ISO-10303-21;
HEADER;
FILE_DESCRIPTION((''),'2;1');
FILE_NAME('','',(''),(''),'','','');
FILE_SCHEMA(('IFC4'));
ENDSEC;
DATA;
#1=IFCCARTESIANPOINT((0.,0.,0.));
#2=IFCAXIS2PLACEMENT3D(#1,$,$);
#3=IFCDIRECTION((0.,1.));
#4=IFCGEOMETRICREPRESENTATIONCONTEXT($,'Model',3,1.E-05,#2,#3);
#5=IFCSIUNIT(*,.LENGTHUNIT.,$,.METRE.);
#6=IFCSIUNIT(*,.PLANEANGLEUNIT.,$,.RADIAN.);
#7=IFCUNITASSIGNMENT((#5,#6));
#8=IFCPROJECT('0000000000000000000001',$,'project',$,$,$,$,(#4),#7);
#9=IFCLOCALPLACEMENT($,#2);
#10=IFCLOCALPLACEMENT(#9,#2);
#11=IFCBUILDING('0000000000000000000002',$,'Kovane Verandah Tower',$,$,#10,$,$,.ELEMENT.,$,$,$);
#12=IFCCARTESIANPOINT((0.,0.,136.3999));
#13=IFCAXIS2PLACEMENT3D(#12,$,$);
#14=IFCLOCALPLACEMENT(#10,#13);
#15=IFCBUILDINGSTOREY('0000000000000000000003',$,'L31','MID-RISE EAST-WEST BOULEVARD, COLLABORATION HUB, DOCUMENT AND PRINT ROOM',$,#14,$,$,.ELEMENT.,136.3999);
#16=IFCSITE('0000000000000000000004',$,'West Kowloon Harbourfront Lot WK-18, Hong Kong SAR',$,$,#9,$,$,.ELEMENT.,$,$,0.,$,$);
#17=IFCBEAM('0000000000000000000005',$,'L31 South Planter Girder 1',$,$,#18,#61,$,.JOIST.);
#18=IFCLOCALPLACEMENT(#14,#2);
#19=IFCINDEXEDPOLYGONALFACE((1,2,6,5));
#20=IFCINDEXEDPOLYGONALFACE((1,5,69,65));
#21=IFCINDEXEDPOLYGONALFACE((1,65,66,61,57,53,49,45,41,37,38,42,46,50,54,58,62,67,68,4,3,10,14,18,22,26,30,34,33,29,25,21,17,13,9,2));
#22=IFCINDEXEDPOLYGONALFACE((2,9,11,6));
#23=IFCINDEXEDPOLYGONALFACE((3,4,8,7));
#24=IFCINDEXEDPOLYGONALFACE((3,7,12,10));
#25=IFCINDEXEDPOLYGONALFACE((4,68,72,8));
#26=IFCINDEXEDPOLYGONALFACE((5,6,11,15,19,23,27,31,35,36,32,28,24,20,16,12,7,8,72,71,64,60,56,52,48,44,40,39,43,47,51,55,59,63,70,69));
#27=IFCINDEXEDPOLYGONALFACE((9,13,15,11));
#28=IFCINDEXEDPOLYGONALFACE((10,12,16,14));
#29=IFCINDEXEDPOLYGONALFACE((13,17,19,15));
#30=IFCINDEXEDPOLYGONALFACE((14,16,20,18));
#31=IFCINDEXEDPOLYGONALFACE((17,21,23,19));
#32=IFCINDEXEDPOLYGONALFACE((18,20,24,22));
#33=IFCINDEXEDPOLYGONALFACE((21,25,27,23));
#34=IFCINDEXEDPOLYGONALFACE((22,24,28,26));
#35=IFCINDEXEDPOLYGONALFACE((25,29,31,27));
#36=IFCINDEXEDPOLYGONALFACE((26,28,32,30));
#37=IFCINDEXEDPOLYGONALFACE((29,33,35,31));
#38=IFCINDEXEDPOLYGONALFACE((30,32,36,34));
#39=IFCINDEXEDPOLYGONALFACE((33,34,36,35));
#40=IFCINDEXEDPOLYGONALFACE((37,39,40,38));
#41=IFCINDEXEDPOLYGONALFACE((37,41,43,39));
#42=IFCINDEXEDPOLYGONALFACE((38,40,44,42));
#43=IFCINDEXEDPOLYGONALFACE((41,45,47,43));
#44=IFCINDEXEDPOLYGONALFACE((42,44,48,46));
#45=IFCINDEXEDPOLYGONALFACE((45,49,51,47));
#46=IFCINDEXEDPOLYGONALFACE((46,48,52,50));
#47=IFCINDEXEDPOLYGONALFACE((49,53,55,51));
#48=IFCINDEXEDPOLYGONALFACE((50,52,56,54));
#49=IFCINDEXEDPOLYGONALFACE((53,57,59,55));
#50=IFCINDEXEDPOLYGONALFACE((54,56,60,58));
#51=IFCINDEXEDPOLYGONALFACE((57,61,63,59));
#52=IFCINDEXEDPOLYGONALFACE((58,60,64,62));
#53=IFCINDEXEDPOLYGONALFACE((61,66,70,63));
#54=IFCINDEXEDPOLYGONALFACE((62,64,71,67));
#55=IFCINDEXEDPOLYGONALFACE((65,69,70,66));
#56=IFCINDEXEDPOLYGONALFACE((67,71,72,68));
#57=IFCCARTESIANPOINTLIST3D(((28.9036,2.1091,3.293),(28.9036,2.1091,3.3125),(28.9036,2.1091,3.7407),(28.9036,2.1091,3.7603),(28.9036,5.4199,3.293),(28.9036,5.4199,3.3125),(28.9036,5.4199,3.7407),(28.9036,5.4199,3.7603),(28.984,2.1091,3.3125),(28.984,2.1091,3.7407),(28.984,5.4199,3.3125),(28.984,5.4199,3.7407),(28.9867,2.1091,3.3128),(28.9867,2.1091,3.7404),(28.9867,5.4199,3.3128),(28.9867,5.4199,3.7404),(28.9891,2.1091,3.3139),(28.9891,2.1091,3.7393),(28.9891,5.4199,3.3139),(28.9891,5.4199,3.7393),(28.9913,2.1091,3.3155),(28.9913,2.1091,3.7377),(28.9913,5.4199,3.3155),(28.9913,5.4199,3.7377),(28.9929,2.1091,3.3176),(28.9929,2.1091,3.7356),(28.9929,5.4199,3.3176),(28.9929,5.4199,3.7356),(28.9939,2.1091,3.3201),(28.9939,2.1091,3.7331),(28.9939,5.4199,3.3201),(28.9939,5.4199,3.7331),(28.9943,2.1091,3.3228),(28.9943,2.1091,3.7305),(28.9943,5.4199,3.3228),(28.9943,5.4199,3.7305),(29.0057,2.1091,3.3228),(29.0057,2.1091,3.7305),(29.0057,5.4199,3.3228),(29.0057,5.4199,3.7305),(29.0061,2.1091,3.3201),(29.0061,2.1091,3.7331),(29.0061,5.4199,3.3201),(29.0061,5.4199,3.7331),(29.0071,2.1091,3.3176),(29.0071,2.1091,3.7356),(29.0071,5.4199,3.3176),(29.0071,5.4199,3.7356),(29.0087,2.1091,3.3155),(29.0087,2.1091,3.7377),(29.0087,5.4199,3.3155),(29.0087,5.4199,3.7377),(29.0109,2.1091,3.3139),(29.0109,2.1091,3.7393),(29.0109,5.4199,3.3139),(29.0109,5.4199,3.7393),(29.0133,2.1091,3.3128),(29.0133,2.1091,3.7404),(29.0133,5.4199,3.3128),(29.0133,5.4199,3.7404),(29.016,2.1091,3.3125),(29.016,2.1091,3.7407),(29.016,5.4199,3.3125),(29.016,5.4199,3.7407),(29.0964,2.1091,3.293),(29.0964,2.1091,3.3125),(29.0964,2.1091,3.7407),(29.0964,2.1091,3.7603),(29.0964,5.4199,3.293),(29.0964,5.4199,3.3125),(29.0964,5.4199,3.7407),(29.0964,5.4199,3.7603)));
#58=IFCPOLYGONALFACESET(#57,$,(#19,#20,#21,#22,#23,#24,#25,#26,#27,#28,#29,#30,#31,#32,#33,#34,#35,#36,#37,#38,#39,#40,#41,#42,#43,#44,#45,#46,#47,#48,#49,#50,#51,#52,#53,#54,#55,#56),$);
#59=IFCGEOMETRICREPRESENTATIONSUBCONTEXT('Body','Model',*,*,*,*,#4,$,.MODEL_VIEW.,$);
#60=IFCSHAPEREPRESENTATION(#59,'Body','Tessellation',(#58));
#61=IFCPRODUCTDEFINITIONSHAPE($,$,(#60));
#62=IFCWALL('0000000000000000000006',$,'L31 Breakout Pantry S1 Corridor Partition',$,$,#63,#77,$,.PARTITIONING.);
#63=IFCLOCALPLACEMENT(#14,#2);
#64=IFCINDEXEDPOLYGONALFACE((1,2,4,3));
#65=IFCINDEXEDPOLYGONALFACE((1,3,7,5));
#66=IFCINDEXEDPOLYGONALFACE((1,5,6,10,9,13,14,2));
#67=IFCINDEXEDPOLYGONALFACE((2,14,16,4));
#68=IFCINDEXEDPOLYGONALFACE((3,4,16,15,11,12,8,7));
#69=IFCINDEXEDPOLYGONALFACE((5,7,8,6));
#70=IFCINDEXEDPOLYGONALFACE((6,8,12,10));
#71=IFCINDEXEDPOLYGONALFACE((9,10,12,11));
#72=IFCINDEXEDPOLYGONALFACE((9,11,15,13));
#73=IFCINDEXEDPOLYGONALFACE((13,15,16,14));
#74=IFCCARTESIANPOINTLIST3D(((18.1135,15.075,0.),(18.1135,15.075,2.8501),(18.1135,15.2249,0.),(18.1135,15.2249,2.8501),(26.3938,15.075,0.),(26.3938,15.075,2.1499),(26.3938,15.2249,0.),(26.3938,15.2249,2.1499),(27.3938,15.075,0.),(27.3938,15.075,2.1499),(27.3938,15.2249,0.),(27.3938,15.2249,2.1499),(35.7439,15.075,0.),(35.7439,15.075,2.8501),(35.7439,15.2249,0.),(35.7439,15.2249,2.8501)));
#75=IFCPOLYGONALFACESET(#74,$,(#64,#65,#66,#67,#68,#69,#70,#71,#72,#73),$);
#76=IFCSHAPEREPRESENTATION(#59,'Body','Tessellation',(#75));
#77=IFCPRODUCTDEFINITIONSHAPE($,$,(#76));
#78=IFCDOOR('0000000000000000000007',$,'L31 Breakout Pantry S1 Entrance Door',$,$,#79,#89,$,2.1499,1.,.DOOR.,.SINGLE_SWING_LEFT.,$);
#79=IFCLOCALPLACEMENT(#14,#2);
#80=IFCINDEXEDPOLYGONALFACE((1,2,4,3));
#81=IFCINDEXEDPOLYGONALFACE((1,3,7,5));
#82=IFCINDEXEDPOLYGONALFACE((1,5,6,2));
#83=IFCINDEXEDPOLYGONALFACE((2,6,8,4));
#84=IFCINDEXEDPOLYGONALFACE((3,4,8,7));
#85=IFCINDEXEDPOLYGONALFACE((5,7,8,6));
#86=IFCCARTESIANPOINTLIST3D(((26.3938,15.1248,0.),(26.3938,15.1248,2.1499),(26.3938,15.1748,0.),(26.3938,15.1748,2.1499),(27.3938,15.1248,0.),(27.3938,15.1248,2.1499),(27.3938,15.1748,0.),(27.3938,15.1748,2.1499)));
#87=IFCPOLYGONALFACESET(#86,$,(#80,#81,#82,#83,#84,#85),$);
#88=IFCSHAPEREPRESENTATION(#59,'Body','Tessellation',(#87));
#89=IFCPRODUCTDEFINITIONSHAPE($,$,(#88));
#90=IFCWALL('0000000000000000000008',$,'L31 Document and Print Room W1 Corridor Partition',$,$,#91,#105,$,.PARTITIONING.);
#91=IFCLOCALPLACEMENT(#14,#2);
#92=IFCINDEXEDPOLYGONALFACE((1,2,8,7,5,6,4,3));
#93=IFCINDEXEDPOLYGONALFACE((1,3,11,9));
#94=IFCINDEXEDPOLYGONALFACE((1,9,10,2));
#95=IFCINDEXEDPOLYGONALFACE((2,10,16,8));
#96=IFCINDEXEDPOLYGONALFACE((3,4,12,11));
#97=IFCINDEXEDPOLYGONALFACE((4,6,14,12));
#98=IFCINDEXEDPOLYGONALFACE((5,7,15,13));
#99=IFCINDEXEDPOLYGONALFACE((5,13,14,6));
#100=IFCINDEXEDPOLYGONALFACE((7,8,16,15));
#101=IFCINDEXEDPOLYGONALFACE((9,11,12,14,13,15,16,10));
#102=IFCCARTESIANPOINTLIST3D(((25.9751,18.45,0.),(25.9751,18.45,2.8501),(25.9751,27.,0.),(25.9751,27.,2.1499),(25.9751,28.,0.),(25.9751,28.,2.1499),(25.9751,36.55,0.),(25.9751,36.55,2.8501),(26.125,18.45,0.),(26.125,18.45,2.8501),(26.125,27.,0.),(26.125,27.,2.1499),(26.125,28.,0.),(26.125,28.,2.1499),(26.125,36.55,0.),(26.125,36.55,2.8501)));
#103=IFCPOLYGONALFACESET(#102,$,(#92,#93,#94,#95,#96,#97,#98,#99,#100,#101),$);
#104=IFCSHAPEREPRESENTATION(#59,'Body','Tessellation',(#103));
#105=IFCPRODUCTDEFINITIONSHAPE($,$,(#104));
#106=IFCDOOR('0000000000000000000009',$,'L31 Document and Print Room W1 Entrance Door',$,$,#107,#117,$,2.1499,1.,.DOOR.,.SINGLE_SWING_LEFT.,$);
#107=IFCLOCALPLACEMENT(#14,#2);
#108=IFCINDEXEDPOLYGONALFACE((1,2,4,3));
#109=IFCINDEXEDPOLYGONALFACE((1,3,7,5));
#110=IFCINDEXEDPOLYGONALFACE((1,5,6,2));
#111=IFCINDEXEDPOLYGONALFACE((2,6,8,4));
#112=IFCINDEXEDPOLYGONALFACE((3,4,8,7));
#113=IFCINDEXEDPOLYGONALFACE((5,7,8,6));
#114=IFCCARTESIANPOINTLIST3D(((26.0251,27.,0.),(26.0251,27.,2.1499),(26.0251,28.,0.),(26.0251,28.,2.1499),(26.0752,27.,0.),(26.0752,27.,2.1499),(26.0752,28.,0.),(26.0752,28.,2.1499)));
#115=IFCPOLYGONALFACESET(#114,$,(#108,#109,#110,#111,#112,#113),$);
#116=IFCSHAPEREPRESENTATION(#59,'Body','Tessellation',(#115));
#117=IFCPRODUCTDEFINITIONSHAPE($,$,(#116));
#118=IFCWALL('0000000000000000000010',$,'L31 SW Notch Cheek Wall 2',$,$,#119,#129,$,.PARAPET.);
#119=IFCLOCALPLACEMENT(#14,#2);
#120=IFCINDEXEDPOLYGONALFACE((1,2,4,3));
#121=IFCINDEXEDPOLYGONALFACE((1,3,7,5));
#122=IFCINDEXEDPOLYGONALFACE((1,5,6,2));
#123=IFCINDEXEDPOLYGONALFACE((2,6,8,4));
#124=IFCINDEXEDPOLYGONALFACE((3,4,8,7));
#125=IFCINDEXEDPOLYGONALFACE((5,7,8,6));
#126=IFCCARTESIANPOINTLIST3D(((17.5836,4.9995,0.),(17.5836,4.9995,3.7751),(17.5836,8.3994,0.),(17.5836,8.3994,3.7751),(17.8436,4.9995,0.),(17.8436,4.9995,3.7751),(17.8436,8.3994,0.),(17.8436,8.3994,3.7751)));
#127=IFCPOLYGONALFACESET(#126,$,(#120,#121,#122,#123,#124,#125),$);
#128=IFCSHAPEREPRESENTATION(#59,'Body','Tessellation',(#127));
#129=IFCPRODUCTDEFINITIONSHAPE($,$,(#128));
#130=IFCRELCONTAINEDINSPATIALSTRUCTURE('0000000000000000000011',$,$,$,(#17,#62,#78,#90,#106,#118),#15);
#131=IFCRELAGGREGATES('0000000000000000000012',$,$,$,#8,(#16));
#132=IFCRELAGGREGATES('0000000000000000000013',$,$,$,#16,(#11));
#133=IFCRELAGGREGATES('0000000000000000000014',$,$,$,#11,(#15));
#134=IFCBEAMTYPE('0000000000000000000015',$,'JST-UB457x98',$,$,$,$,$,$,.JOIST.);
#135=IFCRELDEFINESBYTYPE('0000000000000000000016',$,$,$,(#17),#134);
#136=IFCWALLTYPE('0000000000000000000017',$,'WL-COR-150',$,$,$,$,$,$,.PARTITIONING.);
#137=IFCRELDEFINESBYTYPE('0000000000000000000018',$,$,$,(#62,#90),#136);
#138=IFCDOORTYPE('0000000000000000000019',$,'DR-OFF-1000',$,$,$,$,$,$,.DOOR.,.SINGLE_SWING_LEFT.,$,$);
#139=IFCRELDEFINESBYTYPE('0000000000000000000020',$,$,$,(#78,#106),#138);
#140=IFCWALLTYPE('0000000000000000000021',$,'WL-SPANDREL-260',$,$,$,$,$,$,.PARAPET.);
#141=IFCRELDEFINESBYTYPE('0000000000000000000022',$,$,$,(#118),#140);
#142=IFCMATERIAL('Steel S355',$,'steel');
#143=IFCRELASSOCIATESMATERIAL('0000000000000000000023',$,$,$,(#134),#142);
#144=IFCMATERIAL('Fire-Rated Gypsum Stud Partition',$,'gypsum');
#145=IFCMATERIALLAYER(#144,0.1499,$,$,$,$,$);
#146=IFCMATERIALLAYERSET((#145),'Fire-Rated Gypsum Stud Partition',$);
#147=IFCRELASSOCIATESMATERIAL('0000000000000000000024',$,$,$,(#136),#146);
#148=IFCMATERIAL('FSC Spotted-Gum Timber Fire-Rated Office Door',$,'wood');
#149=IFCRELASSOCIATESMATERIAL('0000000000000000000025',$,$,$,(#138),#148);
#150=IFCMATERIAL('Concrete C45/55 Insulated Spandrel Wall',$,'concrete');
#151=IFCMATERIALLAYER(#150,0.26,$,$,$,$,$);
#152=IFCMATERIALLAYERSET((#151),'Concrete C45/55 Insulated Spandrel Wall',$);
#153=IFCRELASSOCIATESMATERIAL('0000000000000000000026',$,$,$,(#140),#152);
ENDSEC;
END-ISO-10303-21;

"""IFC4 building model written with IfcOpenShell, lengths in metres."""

from ifc_helpers import new_model, si_unit, direction, frame, frame_2d, origin, origin_2d, place, context, subcontext, project, spatial, rectangle, i_section, extrude, material, layer, layer_set, material_profile, profile_set, type_object, element, fill, save


model = new_model("IFC4")

# Units and contexts
model_context = context("Model", 3, precision=1e-05, world=origin(), true_north=direction((0.0, 1.0)))
body_context = subcontext(model_context, "Body", "Model", "MODEL_VIEW")
ifc_project = project(units=[si_unit("LENGTHUNIT", "METRE"), si_unit("PLANEANGLEUNIT", "RADIAN")], contexts=[model_context])

# Site, building, storey
site_placement = place(None, origin())
site = spatial("IfcSite", under=ifc_project, at=site_placement, Name="West Kowloon Harbourfront Lot WK-18, Hong Kong SAR", CompositionType="ELEMENT", RefElevation=0.0)
building_placement = place(site_placement, origin())
building = spatial("IfcBuilding", under=site, at=building_placement, Name="Kovane Verandah Tower", CompositionType="ELEMENT")
storey_placement = place(building_placement, frame((0.0, 0.0, 136.3999)))
storey = spatial("IfcBuildingStorey", under=building, at=storey_placement, Name="L31", Description="MID-RISE EAST-WEST BOULEVARD, COLLABORATION HUB, DOCUMENT AND PRINT ROOM", CompositionType="ELEMENT", Elevation=136.3999)

# Beam
ifc_material_1 = material(Name="Steel S355", Category="steel")
ifc_material_profile_1 = material_profile(ifc_material_1, i_section(OverallWidth=0.1929, OverallDepth=0.4673, WebThickness=0.0115, FlangeThickness=0.0195, FilletRadius=0.0103, at=origin_2d()), Name="UB457x191x98")
ifc_profile_set_1 = profile_set([ifc_material_profile_1], Name="Steel S355")
beam_type_1 = type_object("IfcBeamType", Name="JST-UB457x98", PredefinedType="JOIST", material=ifc_profile_set_1)
beam_1_placement = place(storey_placement, frame((29.0, 5.4199, 3.5266), z_axis=(0.0, -1.0, 0.0), x_axis=(1.0, 0.0, 0.0)))
element("IfcBeam", 1, at=beam_1_placement, inside=storey, type_object=beam_type_1, Name="L31 South Planter Girder 1", PredefinedType="JOIST", context=body_context, shape_type="SweptSolid", body=[
    extrude(i_section(OverallWidth=0.1929, OverallDepth=0.4673, WebThickness=0.0115, FlangeThickness=0.0195, FilletRadius=0.0103, at=origin_2d()), origin(), (0.0, 0.0, 1.0), 3.3108),
])

# Walls, openings, doors
ifc_material_2 = material(Name="Fire-Rated Gypsum Stud Partition", Category="gypsum")
ifc_layer_1 = layer(ifc_material_2, 0.1499)
ifc_layer_set_1 = layer_set([ifc_layer_1], Name="Fire-Rated Gypsum Stud Partition")
wall_type_1 = type_object("IfcWallType", Name="WL-COR-150", PredefinedType="PARTITIONING", material=ifc_layer_set_1)
wall_1_placement = place(storey_placement, frame((18.1135, 15.1499, 0.0), z_axis=(0.0, 0.0, 1.0), x_axis=(1.0, 0.0, 0.0)))
wall_1 = element("IfcWall", 2, at=wall_1_placement, inside=storey, type_object=wall_type_1, Name="L31 Breakout Pantry S1 Corridor Partition", PredefinedType="PARTITIONING", context=body_context, shape_type="SweptSolid", body=[
    extrude(rectangle(XDim=17.6304, YDim=0.1499, at=frame_2d((8.8152, 0.0))), origin(), (0.0, 0.0, 1.0), 2.8501),
])
opening_1_placement = place(wall_1_placement, frame((8.2803, 0.0, 0.0)))
opening_1 = element("IfcOpeningElement", 3, at=opening_1_placement, cuts=wall_1, PredefinedType="OPENING", context=body_context, shape_type="SweptSolid", body=[
    extrude(rectangle(XDim=1.0, YDim=2.1499, at=frame_2d((0.5, 1.075))), frame((0.0, 0.075, 0.0), z_axis=(0.0, -1.0, 0.0), x_axis=(1.0, 0.0, 0.0)), (0.0, 0.0, 1.0), 0.1499),
])
ifc_material_3 = material(Name="FSC Spotted-Gum Timber Fire-Rated Office Door", Category="wood")
door_type_1 = type_object("IfcDoorType", Name="DR-OFF-1000", OperationType="SINGLE_SWING_LEFT", PredefinedType="DOOR", material=ifc_material_3)
door_1_placement = place(opening_1_placement, origin())
door_1 = element("IfcDoor", 4, at=door_1_placement, inside=storey, type_object=door_type_1, Name="L31 Breakout Pantry S1 Entrance Door", OperationType="SINGLE_SWING_LEFT", OverallHeight=2.1499, OverallWidth=1.0, PredefinedType="DOOR", context=body_context, shape_type="SweptSolid", body=[
    extrude(rectangle(XDim=1.0, YDim=2.1499, at=frame_2d((0.5, 1.075))), frame((0.0, 0.0249, 0.0), z_axis=(0.0, -1.0, 0.0), x_axis=(1.0, 0.0, 0.0)), (0.0, 0.0, 1.0), 0.05),
])
fill(opening_1, door_1)
wall_2_placement = place(storey_placement, frame((26.05, 18.45, 0.0), z_axis=(0.0, 0.0, 1.0), x_axis=(0.0, 1.0, 0.0)))
wall_2 = element("IfcWall", 5, at=wall_2_placement, inside=storey, type_object=wall_type_1, Name="L31 Document and Print Room W1 Corridor Partition", PredefinedType="PARTITIONING", context=body_context, shape_type="SweptSolid", body=[
    extrude(rectangle(XDim=18.1001, YDim=0.1499, at=frame_2d((9.05, 0.0))), origin(), (0.0, 0.0, 1.0), 2.8501),
])
opening_2_placement = place(wall_2_placement, frame((8.55, 0.0, 0.0)))
opening_2 = element("IfcOpeningElement", 6, at=opening_2_placement, cuts=wall_2, PredefinedType="OPENING", context=body_context, shape_type="SweptSolid", body=[
    extrude(rectangle(XDim=1.0, YDim=2.1499, at=frame_2d((0.5, 1.075))), frame((0.0, 0.075, 0.0), z_axis=(0.0, -1.0, 0.0), x_axis=(1.0, 0.0, 0.0)), (0.0, 0.0, 1.0), 0.1499),
])
door_2_placement = place(opening_2_placement, origin())
door_2 = element("IfcDoor", 7, at=door_2_placement, inside=storey, type_object=door_type_1, Name="L31 Document and Print Room W1 Entrance Door", OperationType="SINGLE_SWING_LEFT", OverallHeight=2.1499, OverallWidth=1.0, PredefinedType="DOOR", context=body_context, shape_type="SweptSolid", body=[
    extrude(rectangle(XDim=1.0, YDim=2.1499, at=frame_2d((0.5, 1.075))), frame((0.0, 0.0249, 0.0), z_axis=(0.0, -1.0, 0.0), x_axis=(1.0, 0.0, 0.0)), (0.0, 0.0, 1.0), 0.05),
])
fill(opening_2, door_2)

# Shared definitions
ifc_material_4 = material(Name="Concrete C45/55 Insulated Spandrel Wall", Category="concrete")
ifc_layer_2 = layer(ifc_material_4, 0.26)
ifc_layer_set_2 = layer_set([ifc_layer_2], Name="Concrete C45/55 Insulated Spandrel Wall")
wall_type_2 = type_object("IfcWallType", Name="WL-SPANDREL-260", PredefinedType="PARAPET", material=ifc_layer_set_2)

# Wall
wall_3_placement = place(storey_placement, frame((17.7136, 8.3994, 0.0), z_axis=(0.0, 0.0, 1.0), x_axis=(0.0, -1.0, 0.0)))
element("IfcWall", 8, at=wall_3_placement, inside=storey, type_object=wall_type_2, Name="L31 SW Notch Cheek Wall 2", PredefinedType="PARAPET", context=body_context, shape_type="SweptSolid", body=[
    extrude(rectangle(XDim=3.3999, YDim=0.26, at=frame_2d((1.7, 0.0))), origin(), (0.0, 0.0, 1.0), 3.7751),
])

save(model, "model.ifc")
